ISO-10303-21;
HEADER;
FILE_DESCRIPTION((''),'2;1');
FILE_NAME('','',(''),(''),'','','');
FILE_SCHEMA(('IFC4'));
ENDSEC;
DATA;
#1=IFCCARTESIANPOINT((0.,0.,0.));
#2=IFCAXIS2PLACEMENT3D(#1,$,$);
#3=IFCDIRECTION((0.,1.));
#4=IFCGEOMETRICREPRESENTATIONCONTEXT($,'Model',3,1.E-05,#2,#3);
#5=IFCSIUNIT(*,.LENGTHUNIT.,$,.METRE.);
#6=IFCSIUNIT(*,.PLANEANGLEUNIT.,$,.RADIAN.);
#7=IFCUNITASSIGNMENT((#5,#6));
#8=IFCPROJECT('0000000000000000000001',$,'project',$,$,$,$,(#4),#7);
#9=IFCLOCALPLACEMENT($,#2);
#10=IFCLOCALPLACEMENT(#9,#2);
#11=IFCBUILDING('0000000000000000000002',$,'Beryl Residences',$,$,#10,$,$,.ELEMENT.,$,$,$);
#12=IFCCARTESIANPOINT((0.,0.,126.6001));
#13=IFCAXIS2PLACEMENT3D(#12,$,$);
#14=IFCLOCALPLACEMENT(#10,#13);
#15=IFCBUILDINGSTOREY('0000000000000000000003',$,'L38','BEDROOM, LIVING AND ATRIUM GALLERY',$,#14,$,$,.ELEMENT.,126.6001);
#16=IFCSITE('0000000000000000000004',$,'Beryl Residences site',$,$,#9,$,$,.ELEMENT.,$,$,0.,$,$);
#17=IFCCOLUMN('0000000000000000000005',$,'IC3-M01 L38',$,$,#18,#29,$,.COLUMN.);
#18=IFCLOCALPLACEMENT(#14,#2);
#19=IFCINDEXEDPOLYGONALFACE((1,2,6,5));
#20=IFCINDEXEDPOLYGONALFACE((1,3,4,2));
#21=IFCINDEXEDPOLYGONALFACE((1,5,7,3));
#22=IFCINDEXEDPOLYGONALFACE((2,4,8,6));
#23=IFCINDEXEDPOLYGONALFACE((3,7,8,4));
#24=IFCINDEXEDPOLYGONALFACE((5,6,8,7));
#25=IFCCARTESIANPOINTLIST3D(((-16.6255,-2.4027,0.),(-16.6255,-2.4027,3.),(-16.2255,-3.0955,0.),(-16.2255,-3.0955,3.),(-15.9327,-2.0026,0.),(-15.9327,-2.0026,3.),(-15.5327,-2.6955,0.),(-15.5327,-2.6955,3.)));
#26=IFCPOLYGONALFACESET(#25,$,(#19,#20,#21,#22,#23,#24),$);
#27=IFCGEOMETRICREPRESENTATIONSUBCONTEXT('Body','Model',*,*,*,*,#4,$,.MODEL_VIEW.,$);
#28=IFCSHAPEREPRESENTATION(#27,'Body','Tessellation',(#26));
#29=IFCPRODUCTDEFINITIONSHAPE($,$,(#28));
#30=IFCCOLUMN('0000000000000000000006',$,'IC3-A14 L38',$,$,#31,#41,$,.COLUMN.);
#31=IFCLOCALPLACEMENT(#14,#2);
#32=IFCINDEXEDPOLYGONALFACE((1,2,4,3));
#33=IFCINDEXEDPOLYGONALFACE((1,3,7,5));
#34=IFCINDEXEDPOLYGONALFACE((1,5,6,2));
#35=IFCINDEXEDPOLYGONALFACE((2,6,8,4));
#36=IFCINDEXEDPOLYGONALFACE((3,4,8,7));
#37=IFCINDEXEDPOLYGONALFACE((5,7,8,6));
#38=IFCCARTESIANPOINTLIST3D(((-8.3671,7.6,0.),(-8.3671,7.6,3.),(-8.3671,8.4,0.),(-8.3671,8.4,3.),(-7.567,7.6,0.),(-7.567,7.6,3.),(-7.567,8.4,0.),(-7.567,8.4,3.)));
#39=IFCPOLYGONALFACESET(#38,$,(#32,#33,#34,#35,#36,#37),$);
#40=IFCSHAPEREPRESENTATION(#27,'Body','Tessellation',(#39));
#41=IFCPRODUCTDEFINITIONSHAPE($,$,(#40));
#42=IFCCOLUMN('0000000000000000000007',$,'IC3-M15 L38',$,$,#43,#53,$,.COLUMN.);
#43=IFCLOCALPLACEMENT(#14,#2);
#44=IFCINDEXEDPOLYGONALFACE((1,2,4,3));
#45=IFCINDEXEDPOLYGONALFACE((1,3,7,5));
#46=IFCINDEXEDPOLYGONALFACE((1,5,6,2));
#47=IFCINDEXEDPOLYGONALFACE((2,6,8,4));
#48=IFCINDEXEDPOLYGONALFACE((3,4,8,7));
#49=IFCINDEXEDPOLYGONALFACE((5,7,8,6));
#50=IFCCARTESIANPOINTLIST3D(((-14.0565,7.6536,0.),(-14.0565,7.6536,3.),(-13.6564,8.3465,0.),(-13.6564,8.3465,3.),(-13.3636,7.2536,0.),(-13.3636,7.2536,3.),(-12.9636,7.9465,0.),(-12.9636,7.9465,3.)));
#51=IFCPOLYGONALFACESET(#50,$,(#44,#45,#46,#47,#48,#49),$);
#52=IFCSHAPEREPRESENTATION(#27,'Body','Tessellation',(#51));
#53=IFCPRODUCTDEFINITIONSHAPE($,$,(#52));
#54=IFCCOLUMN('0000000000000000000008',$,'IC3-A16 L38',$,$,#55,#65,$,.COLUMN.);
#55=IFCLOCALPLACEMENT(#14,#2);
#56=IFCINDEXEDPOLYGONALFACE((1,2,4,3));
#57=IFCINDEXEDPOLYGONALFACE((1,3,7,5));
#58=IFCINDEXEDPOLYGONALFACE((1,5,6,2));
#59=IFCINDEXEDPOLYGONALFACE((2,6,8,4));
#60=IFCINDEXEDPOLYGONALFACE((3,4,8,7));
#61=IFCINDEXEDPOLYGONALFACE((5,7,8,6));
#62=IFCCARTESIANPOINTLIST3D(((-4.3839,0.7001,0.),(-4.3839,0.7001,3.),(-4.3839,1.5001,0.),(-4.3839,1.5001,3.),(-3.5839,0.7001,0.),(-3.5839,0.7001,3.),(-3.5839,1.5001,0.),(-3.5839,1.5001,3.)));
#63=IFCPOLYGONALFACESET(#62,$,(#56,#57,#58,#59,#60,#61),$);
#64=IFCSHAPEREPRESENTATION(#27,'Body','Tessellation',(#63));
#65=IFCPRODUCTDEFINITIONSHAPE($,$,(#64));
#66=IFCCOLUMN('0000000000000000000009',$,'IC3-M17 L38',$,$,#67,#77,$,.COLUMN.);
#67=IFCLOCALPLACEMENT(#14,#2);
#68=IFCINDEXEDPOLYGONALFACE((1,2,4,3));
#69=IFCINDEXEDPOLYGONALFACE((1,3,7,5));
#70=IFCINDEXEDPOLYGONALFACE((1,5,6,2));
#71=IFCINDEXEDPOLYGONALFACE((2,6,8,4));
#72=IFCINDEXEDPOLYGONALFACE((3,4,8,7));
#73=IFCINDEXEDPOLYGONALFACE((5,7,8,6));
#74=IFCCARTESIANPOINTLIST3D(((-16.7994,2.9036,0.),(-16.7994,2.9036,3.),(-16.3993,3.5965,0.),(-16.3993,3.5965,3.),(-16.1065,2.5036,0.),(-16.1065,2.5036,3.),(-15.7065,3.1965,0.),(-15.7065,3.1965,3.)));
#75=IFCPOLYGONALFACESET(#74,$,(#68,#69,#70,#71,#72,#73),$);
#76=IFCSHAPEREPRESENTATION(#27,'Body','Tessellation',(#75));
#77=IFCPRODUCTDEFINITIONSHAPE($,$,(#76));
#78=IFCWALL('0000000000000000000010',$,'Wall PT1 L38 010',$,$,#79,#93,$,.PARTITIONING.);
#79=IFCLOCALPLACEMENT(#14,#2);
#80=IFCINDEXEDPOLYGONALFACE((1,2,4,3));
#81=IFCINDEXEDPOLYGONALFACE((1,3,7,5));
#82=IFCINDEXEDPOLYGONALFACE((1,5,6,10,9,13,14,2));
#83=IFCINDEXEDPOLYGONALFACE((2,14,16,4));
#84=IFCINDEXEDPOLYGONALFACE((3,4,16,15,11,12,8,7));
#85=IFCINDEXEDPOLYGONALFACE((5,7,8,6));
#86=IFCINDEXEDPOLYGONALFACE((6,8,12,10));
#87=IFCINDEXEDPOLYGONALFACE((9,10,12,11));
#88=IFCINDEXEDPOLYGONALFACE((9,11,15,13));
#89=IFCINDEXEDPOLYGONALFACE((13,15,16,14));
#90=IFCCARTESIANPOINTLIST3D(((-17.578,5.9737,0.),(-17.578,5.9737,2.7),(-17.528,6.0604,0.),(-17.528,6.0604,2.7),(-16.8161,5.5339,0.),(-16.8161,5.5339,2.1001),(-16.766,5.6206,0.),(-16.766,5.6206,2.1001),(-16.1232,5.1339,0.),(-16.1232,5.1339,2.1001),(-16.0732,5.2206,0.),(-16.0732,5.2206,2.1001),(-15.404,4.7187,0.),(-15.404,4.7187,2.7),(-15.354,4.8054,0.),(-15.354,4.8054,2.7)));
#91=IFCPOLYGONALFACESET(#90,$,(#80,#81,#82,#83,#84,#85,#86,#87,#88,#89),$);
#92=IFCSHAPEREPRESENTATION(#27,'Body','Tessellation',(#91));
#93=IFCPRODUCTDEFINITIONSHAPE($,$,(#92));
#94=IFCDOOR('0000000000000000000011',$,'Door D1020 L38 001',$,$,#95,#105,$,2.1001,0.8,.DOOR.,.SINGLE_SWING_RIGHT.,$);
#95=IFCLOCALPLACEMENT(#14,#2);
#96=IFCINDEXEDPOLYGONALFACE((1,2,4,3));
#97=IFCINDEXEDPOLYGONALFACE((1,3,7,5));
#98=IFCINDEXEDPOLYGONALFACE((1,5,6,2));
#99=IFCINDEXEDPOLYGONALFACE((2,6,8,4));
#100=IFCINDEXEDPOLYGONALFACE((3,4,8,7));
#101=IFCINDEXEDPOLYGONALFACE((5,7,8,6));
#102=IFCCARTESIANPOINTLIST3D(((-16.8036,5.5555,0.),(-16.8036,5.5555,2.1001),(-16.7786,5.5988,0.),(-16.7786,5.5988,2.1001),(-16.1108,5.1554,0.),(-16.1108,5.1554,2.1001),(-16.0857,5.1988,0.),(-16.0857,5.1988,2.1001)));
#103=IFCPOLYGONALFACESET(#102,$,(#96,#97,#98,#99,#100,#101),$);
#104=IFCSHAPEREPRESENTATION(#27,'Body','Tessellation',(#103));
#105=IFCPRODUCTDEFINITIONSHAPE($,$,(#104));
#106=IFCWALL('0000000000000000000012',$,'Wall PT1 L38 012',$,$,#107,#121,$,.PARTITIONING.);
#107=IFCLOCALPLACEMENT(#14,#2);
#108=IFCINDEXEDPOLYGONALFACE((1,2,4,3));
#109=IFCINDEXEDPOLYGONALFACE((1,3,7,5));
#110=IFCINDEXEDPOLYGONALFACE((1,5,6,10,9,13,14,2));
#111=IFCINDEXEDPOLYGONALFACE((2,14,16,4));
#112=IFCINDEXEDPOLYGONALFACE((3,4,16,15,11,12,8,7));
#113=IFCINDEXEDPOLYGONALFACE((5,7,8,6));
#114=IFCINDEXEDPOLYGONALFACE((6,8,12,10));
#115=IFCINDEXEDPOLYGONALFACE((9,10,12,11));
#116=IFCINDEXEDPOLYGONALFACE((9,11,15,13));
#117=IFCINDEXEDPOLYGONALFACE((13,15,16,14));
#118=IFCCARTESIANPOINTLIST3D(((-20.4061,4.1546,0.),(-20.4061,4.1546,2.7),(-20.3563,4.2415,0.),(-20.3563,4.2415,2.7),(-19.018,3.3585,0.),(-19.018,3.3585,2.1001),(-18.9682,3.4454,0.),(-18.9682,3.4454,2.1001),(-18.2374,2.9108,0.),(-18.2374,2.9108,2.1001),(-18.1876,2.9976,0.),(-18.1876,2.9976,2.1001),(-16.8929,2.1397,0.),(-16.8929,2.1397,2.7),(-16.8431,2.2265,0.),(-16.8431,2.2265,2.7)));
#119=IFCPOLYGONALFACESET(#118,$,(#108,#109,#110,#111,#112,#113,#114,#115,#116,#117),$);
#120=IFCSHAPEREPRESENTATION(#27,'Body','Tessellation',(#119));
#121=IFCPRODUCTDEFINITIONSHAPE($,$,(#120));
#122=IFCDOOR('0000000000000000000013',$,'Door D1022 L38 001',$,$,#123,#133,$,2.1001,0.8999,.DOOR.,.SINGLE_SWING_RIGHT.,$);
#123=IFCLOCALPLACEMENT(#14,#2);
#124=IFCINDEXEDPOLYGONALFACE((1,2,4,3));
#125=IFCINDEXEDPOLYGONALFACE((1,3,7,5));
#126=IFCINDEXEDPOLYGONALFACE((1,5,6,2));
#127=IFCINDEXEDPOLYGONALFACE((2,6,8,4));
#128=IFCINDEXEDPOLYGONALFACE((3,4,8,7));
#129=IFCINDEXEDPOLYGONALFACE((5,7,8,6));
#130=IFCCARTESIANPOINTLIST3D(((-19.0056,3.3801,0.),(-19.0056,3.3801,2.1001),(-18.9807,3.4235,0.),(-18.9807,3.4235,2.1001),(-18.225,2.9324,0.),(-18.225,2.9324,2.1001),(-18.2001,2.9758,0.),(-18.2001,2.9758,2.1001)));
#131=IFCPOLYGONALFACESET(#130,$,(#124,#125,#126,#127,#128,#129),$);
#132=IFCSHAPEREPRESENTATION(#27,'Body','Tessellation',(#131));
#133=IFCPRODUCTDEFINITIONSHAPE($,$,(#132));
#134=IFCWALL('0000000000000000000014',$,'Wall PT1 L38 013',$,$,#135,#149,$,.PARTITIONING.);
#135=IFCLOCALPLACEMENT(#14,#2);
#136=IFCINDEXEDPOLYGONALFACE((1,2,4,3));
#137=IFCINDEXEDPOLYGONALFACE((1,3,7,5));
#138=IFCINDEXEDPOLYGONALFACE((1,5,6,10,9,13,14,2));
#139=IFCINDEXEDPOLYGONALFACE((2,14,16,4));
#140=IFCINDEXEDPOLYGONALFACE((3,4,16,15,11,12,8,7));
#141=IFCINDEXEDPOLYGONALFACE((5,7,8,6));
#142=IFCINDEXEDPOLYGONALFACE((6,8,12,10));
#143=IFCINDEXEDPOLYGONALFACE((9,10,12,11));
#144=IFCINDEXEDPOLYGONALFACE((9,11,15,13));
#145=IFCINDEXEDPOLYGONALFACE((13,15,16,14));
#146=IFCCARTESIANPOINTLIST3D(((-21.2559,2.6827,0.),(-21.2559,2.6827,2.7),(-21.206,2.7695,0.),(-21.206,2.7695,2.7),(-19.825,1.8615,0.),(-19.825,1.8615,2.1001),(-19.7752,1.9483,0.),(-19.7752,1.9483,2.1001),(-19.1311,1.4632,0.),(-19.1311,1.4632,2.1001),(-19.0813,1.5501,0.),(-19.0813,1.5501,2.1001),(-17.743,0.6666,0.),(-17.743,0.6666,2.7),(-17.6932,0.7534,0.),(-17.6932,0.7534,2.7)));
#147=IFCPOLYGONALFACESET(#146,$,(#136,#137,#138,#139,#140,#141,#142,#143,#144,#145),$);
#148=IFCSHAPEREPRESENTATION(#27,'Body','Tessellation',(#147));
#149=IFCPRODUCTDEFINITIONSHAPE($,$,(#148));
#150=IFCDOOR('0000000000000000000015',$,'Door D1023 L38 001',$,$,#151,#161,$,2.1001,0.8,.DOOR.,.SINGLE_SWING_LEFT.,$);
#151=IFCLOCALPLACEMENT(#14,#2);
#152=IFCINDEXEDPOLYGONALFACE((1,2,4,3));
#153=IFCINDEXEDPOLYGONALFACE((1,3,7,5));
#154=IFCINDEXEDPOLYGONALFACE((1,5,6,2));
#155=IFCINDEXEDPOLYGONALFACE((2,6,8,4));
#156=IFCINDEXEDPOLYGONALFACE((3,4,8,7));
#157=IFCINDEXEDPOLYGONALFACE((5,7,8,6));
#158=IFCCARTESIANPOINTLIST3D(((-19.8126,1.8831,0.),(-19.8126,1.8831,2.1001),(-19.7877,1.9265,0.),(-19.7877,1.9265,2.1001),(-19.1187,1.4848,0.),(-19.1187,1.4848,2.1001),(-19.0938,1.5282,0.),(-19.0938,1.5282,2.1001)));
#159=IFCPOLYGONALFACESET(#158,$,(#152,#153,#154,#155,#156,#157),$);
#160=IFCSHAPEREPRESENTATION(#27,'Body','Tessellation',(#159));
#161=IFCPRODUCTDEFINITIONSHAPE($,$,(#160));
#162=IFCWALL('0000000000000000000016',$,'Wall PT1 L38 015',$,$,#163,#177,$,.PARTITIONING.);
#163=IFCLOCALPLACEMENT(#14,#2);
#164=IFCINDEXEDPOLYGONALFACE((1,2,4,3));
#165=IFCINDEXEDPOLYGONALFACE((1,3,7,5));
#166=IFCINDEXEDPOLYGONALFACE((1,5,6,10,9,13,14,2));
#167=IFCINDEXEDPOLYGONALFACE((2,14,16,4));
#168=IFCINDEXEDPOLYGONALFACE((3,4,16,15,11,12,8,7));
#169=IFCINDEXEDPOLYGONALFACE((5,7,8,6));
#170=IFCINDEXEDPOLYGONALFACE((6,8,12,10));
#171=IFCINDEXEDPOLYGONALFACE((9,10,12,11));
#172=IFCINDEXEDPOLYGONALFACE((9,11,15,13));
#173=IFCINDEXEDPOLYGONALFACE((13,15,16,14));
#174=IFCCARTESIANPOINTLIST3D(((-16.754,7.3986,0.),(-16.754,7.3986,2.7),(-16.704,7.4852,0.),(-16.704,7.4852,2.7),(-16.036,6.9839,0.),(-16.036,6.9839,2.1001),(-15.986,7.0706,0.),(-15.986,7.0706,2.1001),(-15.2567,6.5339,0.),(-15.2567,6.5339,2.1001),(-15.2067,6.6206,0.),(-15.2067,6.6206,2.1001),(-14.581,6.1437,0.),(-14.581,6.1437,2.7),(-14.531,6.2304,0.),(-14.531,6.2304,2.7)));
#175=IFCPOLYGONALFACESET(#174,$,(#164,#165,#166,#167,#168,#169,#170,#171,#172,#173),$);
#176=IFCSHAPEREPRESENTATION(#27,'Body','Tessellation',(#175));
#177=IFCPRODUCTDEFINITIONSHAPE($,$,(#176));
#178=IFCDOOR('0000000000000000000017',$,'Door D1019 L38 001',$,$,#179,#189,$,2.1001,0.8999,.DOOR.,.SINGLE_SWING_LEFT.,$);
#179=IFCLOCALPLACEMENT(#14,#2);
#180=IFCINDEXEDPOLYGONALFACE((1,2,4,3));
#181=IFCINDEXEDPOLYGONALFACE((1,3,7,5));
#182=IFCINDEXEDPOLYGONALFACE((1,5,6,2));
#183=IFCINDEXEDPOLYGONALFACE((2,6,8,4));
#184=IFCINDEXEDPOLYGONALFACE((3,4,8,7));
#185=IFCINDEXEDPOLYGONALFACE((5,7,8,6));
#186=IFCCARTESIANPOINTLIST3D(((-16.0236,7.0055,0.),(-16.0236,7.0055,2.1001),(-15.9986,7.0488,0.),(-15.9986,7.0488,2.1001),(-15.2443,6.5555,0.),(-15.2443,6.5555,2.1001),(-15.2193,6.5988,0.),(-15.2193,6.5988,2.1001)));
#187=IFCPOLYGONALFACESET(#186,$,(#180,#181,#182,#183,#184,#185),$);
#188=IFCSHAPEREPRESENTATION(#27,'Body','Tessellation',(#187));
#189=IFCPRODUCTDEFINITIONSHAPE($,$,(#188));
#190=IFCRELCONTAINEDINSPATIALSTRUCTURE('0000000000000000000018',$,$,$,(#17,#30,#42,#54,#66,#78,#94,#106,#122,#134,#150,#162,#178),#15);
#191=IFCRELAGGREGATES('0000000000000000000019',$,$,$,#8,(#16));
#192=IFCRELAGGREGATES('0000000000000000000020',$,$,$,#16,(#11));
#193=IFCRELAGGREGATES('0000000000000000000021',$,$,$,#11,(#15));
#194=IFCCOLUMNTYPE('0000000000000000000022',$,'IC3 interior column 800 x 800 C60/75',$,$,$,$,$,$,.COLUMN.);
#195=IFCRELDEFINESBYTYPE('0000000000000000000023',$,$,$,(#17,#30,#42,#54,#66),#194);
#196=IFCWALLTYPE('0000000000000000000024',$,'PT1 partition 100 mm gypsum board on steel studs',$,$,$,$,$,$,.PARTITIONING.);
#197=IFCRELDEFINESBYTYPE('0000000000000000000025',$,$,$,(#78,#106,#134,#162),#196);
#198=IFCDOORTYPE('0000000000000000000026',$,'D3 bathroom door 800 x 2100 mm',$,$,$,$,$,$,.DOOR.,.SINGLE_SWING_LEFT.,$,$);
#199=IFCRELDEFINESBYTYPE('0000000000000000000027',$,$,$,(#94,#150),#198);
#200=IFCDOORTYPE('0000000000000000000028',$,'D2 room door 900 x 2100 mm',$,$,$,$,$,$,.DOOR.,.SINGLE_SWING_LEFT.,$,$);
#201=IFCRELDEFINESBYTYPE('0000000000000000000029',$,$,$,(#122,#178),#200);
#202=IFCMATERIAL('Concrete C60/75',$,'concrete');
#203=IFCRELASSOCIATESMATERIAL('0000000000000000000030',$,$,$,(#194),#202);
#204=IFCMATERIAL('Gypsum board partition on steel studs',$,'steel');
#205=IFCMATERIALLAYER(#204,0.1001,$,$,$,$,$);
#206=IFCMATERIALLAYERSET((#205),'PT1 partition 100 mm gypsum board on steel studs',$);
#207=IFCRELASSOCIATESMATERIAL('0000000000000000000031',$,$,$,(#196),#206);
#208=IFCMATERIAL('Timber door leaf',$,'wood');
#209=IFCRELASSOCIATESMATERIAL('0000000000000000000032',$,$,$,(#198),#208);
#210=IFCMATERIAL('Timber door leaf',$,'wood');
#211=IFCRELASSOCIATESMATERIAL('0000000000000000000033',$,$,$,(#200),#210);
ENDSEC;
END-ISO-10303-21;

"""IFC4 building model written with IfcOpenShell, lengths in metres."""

from ifc_helpers import new_model, si_unit, direction, frame, frame_2d, origin, origin_2d, place, context, subcontext, project, spatial, rectangle, extrude, material, layer, layer_set, material_profile, profile_set, type_object, element, fill, save


model = new_model("IFC4")

# Units and contexts
model_context = context("Model", 3, precision=1e-05, world=origin(), true_north=direction((0.0, 1.0)))
body_context = subcontext(model_context, "Body", "Model", "MODEL_VIEW")
ifc_project = project(units=[si_unit("LENGTHUNIT", "METRE"), si_unit("PLANEANGLEUNIT", "RADIAN")], contexts=[model_context])

# Site, building, storey
site_placement = place(None, origin())
site = spatial("IfcSite", under=ifc_project, at=site_placement, Name="Beryl Residences site", CompositionType="ELEMENT", RefElevation=0.0)
building_placement = place(site_placement, origin())
building = spatial("IfcBuilding", under=site, at=building_placement, Name="Beryl Residences", CompositionType="ELEMENT")
storey_placement = place(building_placement, frame((0.0, 0.0, 126.6001)))
storey = spatial("IfcBuildingStorey", under=building, at=storey_placement, Name="L38", Description="BEDROOM, LIVING AND ATRIUM GALLERY", CompositionType="ELEMENT", Elevation=126.6001)

# Columns
ifc_material_1 = material(Name="Concrete C60/75", Category="concrete")
ifc_material_profile = material_profile(ifc_material_1, rectangle(XDim=0.8, YDim=0.8, at=origin_2d()))
ifc_profile_set = profile_set([ifc_material_profile], Name="Concrete C60/75")
column_type = type_object("IfcColumnType", Name="IC3 interior column 800 x 800 C60/75", PredefinedType="COLUMN", material=ifc_profile_set)
for number, where, z_axis, x_axis, name in (
    (1, (-16.0791, -2.5491, 0.0), (0.0, 0.0, 1.0), (0.5, -0.866025, 0.0), "IC3-M01 L38"),
    (2, (-7.967, 8.0, 0.0), (0.0, 0.0, 1.0), (1.0, 0.0, 0.0), "IC3-A14 L38"),
    (3, (-13.51, 7.8, 0.0), (0.0, 0.0, 1.0), (-0.5, -0.866025, 0.0), "IC3-M15 L38"),
    (4, (-3.9839, 1.1001, 0.0), (0.0, 0.0, 1.0), (1.0, 0.0, 0.0), "IC3-A16 L38"),
    (5, (-16.2529, 3.05, 0.0), (0.0, 0.0, 1.0), (-0.5, -0.866025, 0.0), "IC3-M17 L38"),
):
    element("IfcColumn", number, at=place(storey_placement, frame(where, z_axis=z_axis, x_axis=x_axis)), inside=storey, type_object=column_type, Name=name, PredefinedType="COLUMN", context=body_context, shape_type="SweptSolid", body=[
        extrude(rectangle(XDim=0.8, YDim=0.8, at=origin_2d()), origin(), (0.0, 0.0, 1.0), 3.0),
    ])

# Walls, openings, doors
ifc_material_2 = material(Name="Gypsum board partition on steel studs", Category="steel")
ifc_layer_1 = layer(ifc_material_2, 0.1001)
ifc_layer_set_1 = layer_set([ifc_layer_1], Name="PT1 partition 100 mm gypsum board on steel studs")
wall_type_1 = type_object("IfcWallType", Name="PT1 partition 100 mm gypsum board on steel studs", PredefinedType="PARTITIONING", material=ifc_layer_set_1)
wall_1_placement = place(storey_placement, frame((-17.553, 6.0171, 0.0), z_axis=(0.0, 0.0, 1.0), x_axis=(0.866038, -0.499978, 0.0)))
wall_1 = element("IfcWall", 6, at=wall_1_placement, inside=storey, type_object=wall_type_1, Name="Wall PT1 L38 010", PredefinedType="PARTITIONING", context=body_context, shape_type="SweptSolid", body=[
    extrude(rectangle(XDim=2.5103, YDim=0.1001, at=frame_2d((1.2551, 0.0))), origin(), (0.0, 0.0, 1.0), 2.7),
])
opening_1_placement = place(wall_1_placement, frame((0.8799, 0.0, 0.0)))
opening_1 = element("IfcOpeningElement", 7, at=opening_1_placement, cuts=wall_1, PredefinedType="OPENING", context=body_context, shape_type="SweptSolid", body=[
    extrude(rectangle(XDim=0.8, YDim=2.1001, at=frame_2d((0.3999, 1.05))), frame((0.0, 0.0601, 0.0), z_axis=(0.0, -1.0, 0.0), x_axis=(1.0, 0.0, 0.0)), (0.0, 0.0, 1.0), 0.1201),
])
ifc_material_3 = material(Name="Timber door leaf", Category="wood")
door_type_1 = type_object("IfcDoorType", Name="D3 bathroom door 800 x 2100 mm", OperationType="SINGLE_SWING_LEFT", PredefinedType="DOOR", material=ifc_material_3)
door_1_placement = place(opening_1_placement, origin())
door_1 = element("IfcDoor", 8, at=door_1_placement, inside=storey, type_object=door_type_1, Name="Door D1020 L38 001", OperationType="SINGLE_SWING_RIGHT", OverallHeight=2.1001, OverallWidth=0.8, PredefinedType="DOOR", context=body_context, shape_type="SweptSolid", body=[
    extrude(rectangle(XDim=0.8, YDim=2.1001, at=frame_2d((0.3999, 1.05))), frame((0.0, 0.0249, 0.0), z_axis=(0.0, -1.0, 0.0), x_axis=(1.0, 0.0, 0.0)), (0.0, 0.0, 1.0), 0.05),
])
fill(opening_1, door_1)
wall_2_placement = place(storey_placement, frame((-20.3811, 4.198, 0.0), z_axis=(0.0, 0.0, 1.0), x_axis=(0.867459, -0.497508, 0.0)))
wall_2 = element("IfcWall", 9, at=wall_2_placement, inside=storey, type_object=wall_type_1, Name="Wall PT1 L38 012", PredefinedType="PARTITIONING", context=body_context, shape_type="SweptSolid", body=[
    extrude(rectangle(XDim=4.05, YDim=0.1001, at=frame_2d((2.0249, 0.0))), origin(), (0.0, 0.0, 1.0), 2.7),
])
opening_2_placement = place(wall_2_placement, frame((1.6001, 0.0, 0.0)))
opening_2 = element("IfcOpeningElement", 10, at=opening_2_placement, cuts=wall_2, PredefinedType="OPENING", context=body_context, shape_type="SweptSolid", body=[
    extrude(rectangle(XDim=0.8999, YDim=2.1001, at=frame_2d((0.45, 1.05))), frame((0.0, 0.0601, 0.0), z_axis=(0.0, -1.0, 0.0), x_axis=(1.0, 0.0, 0.0)), (0.0, 0.0, 1.0), 0.1201),
])
ifc_material_4 = material(Name="Timber door leaf", Category="wood")
door_type_2 = type_object("IfcDoorType", Name="D2 room door 900 x 2100 mm", OperationType="SINGLE_SWING_LEFT", PredefinedType="DOOR", material=ifc_material_4)
door_2_placement = place(opening_2_placement, origin())
door_2 = element("IfcDoor", 11, at=door_2_placement, inside=storey, type_object=door_type_2, Name="Door D1022 L38 001", OperationType="SINGLE_SWING_RIGHT", OverallHeight=2.1001, OverallWidth=0.8999, PredefinedType="DOOR", context=body_context, shape_type="SweptSolid", body=[
    extrude(rectangle(XDim=0.8999, YDim=2.1001, at=frame_2d((0.45, 1.05))), frame((0.0, 0.0249, 0.0), z_axis=(0.0, -1.0, 0.0), x_axis=(1.0, 0.0, 0.0)), (0.0, 0.0, 1.0), 0.05),
])
fill(opening_2, door_2)
wall_3_placement = place(storey_placement, frame((-21.231, 2.7261, 0.0), z_axis=(0.0, 0.0, 1.0), x_axis=(0.867314, -0.497761, 0.0)))
wall_3 = element("IfcWall", 12, at=wall_3_placement, inside=storey, type_object=wall_type_1, Name="Wall PT1 L38 013", PredefinedType="PARTITIONING", context=body_context, shape_type="SweptSolid", body=[
    extrude(rectangle(XDim=4.0503, YDim=0.1001, at=frame_2d((2.0251, 0.0))), origin(), (0.0, 0.0, 1.0), 2.7),
])
opening_3_placement = place(wall_3_placement, frame((1.6499, 0.0, 0.0)))
opening_3 = element("IfcOpeningElement", 13, at=opening_3_placement, cuts=wall_3, PredefinedType="OPENING", context=body_context, shape_type="SweptSolid", body=[
    extrude(rectangle(XDim=0.8, YDim=2.1001, at=frame_2d((0.3999, 1.05))), frame((0.0, 0.0601, 0.0), z_axis=(0.0, -1.0, 0.0), x_axis=(1.0, 0.0, 0.0)), (0.0, 0.0, 1.0), 0.1201),
])
door_3_placement = place(opening_3_placement, origin())
door_3 = element("IfcDoor", 14, at=door_3_placement, inside=storey, type_object=door_type_1, Name="Door D1023 L38 001", OperationType="SINGLE_SWING_LEFT", OverallHeight=2.1001, OverallWidth=0.8, PredefinedType="DOOR", context=body_context, shape_type="SweptSolid", body=[
    extrude(rectangle(XDim=0.8, YDim=2.1001, at=frame_2d((0.3999, 1.05))), frame((0.0, 0.0249, 0.0), z_axis=(0.0, -1.0, 0.0), x_axis=(1.0, 0.0, 0.0)), (0.0, 0.0, 1.0), 0.05),
])
fill(opening_3, door_3)
wall_4_placement = place(storey_placement, frame((-16.729, 7.4419, 0.0), z_axis=(0.0, 0.0, 1.0), x_axis=(0.865983, -0.500073, 0.0)))
wall_4 = element("IfcWall", 15, at=wall_4_placement, inside=storey, type_object=wall_type_1, Name="Wall PT1 L38 015", PredefinedType="PARTITIONING", context=body_context, shape_type="SweptSolid", body=[
    extrude(rectangle(XDim=2.5093, YDim=0.1001, at=frame_2d((1.2546, 0.0))), origin(), (0.0, 0.0, 1.0), 2.7),
])
opening_4_placement = place(wall_4_placement, frame((0.8291, 0.0, 0.0)))
opening_4 = element("IfcOpeningElement", 16, at=opening_4_placement, cuts=wall_4, PredefinedType="OPENING", context=body_context, shape_type="SweptSolid", body=[
    extrude(rectangle(XDim=0.8999, YDim=2.1001, at=frame_2d((0.45, 1.05))), frame((0.0, 0.0601, 0.0), z_axis=(0.0, -1.0, 0.0), x_axis=(1.0, 0.0, 0.0)), (0.0, 0.0, 1.0), 0.1201),
])
door_4_placement = place(opening_4_placement, origin())
door_4 = element("IfcDoor", 17, at=door_4_placement, inside=storey, type_object=door_type_2, Name="Door D1019 L38 001", OperationType="SINGLE_SWING_LEFT", OverallHeight=2.1001, OverallWidth=0.8999, PredefinedType="DOOR", context=body_context, shape_type="SweptSolid", body=[
    extrude(rectangle(XDim=0.8999, YDim=2.1001, at=frame_2d((0.45, 1.05))), frame((0.0, 0.0249, 0.0), z_axis=(0.0, -1.0, 0.0), x_axis=(1.0, 0.0, 0.0)), (0.0, 0.0, 1.0), 0.05),
])
fill(opening_4, door_4)

save(model, "model.ifc")
